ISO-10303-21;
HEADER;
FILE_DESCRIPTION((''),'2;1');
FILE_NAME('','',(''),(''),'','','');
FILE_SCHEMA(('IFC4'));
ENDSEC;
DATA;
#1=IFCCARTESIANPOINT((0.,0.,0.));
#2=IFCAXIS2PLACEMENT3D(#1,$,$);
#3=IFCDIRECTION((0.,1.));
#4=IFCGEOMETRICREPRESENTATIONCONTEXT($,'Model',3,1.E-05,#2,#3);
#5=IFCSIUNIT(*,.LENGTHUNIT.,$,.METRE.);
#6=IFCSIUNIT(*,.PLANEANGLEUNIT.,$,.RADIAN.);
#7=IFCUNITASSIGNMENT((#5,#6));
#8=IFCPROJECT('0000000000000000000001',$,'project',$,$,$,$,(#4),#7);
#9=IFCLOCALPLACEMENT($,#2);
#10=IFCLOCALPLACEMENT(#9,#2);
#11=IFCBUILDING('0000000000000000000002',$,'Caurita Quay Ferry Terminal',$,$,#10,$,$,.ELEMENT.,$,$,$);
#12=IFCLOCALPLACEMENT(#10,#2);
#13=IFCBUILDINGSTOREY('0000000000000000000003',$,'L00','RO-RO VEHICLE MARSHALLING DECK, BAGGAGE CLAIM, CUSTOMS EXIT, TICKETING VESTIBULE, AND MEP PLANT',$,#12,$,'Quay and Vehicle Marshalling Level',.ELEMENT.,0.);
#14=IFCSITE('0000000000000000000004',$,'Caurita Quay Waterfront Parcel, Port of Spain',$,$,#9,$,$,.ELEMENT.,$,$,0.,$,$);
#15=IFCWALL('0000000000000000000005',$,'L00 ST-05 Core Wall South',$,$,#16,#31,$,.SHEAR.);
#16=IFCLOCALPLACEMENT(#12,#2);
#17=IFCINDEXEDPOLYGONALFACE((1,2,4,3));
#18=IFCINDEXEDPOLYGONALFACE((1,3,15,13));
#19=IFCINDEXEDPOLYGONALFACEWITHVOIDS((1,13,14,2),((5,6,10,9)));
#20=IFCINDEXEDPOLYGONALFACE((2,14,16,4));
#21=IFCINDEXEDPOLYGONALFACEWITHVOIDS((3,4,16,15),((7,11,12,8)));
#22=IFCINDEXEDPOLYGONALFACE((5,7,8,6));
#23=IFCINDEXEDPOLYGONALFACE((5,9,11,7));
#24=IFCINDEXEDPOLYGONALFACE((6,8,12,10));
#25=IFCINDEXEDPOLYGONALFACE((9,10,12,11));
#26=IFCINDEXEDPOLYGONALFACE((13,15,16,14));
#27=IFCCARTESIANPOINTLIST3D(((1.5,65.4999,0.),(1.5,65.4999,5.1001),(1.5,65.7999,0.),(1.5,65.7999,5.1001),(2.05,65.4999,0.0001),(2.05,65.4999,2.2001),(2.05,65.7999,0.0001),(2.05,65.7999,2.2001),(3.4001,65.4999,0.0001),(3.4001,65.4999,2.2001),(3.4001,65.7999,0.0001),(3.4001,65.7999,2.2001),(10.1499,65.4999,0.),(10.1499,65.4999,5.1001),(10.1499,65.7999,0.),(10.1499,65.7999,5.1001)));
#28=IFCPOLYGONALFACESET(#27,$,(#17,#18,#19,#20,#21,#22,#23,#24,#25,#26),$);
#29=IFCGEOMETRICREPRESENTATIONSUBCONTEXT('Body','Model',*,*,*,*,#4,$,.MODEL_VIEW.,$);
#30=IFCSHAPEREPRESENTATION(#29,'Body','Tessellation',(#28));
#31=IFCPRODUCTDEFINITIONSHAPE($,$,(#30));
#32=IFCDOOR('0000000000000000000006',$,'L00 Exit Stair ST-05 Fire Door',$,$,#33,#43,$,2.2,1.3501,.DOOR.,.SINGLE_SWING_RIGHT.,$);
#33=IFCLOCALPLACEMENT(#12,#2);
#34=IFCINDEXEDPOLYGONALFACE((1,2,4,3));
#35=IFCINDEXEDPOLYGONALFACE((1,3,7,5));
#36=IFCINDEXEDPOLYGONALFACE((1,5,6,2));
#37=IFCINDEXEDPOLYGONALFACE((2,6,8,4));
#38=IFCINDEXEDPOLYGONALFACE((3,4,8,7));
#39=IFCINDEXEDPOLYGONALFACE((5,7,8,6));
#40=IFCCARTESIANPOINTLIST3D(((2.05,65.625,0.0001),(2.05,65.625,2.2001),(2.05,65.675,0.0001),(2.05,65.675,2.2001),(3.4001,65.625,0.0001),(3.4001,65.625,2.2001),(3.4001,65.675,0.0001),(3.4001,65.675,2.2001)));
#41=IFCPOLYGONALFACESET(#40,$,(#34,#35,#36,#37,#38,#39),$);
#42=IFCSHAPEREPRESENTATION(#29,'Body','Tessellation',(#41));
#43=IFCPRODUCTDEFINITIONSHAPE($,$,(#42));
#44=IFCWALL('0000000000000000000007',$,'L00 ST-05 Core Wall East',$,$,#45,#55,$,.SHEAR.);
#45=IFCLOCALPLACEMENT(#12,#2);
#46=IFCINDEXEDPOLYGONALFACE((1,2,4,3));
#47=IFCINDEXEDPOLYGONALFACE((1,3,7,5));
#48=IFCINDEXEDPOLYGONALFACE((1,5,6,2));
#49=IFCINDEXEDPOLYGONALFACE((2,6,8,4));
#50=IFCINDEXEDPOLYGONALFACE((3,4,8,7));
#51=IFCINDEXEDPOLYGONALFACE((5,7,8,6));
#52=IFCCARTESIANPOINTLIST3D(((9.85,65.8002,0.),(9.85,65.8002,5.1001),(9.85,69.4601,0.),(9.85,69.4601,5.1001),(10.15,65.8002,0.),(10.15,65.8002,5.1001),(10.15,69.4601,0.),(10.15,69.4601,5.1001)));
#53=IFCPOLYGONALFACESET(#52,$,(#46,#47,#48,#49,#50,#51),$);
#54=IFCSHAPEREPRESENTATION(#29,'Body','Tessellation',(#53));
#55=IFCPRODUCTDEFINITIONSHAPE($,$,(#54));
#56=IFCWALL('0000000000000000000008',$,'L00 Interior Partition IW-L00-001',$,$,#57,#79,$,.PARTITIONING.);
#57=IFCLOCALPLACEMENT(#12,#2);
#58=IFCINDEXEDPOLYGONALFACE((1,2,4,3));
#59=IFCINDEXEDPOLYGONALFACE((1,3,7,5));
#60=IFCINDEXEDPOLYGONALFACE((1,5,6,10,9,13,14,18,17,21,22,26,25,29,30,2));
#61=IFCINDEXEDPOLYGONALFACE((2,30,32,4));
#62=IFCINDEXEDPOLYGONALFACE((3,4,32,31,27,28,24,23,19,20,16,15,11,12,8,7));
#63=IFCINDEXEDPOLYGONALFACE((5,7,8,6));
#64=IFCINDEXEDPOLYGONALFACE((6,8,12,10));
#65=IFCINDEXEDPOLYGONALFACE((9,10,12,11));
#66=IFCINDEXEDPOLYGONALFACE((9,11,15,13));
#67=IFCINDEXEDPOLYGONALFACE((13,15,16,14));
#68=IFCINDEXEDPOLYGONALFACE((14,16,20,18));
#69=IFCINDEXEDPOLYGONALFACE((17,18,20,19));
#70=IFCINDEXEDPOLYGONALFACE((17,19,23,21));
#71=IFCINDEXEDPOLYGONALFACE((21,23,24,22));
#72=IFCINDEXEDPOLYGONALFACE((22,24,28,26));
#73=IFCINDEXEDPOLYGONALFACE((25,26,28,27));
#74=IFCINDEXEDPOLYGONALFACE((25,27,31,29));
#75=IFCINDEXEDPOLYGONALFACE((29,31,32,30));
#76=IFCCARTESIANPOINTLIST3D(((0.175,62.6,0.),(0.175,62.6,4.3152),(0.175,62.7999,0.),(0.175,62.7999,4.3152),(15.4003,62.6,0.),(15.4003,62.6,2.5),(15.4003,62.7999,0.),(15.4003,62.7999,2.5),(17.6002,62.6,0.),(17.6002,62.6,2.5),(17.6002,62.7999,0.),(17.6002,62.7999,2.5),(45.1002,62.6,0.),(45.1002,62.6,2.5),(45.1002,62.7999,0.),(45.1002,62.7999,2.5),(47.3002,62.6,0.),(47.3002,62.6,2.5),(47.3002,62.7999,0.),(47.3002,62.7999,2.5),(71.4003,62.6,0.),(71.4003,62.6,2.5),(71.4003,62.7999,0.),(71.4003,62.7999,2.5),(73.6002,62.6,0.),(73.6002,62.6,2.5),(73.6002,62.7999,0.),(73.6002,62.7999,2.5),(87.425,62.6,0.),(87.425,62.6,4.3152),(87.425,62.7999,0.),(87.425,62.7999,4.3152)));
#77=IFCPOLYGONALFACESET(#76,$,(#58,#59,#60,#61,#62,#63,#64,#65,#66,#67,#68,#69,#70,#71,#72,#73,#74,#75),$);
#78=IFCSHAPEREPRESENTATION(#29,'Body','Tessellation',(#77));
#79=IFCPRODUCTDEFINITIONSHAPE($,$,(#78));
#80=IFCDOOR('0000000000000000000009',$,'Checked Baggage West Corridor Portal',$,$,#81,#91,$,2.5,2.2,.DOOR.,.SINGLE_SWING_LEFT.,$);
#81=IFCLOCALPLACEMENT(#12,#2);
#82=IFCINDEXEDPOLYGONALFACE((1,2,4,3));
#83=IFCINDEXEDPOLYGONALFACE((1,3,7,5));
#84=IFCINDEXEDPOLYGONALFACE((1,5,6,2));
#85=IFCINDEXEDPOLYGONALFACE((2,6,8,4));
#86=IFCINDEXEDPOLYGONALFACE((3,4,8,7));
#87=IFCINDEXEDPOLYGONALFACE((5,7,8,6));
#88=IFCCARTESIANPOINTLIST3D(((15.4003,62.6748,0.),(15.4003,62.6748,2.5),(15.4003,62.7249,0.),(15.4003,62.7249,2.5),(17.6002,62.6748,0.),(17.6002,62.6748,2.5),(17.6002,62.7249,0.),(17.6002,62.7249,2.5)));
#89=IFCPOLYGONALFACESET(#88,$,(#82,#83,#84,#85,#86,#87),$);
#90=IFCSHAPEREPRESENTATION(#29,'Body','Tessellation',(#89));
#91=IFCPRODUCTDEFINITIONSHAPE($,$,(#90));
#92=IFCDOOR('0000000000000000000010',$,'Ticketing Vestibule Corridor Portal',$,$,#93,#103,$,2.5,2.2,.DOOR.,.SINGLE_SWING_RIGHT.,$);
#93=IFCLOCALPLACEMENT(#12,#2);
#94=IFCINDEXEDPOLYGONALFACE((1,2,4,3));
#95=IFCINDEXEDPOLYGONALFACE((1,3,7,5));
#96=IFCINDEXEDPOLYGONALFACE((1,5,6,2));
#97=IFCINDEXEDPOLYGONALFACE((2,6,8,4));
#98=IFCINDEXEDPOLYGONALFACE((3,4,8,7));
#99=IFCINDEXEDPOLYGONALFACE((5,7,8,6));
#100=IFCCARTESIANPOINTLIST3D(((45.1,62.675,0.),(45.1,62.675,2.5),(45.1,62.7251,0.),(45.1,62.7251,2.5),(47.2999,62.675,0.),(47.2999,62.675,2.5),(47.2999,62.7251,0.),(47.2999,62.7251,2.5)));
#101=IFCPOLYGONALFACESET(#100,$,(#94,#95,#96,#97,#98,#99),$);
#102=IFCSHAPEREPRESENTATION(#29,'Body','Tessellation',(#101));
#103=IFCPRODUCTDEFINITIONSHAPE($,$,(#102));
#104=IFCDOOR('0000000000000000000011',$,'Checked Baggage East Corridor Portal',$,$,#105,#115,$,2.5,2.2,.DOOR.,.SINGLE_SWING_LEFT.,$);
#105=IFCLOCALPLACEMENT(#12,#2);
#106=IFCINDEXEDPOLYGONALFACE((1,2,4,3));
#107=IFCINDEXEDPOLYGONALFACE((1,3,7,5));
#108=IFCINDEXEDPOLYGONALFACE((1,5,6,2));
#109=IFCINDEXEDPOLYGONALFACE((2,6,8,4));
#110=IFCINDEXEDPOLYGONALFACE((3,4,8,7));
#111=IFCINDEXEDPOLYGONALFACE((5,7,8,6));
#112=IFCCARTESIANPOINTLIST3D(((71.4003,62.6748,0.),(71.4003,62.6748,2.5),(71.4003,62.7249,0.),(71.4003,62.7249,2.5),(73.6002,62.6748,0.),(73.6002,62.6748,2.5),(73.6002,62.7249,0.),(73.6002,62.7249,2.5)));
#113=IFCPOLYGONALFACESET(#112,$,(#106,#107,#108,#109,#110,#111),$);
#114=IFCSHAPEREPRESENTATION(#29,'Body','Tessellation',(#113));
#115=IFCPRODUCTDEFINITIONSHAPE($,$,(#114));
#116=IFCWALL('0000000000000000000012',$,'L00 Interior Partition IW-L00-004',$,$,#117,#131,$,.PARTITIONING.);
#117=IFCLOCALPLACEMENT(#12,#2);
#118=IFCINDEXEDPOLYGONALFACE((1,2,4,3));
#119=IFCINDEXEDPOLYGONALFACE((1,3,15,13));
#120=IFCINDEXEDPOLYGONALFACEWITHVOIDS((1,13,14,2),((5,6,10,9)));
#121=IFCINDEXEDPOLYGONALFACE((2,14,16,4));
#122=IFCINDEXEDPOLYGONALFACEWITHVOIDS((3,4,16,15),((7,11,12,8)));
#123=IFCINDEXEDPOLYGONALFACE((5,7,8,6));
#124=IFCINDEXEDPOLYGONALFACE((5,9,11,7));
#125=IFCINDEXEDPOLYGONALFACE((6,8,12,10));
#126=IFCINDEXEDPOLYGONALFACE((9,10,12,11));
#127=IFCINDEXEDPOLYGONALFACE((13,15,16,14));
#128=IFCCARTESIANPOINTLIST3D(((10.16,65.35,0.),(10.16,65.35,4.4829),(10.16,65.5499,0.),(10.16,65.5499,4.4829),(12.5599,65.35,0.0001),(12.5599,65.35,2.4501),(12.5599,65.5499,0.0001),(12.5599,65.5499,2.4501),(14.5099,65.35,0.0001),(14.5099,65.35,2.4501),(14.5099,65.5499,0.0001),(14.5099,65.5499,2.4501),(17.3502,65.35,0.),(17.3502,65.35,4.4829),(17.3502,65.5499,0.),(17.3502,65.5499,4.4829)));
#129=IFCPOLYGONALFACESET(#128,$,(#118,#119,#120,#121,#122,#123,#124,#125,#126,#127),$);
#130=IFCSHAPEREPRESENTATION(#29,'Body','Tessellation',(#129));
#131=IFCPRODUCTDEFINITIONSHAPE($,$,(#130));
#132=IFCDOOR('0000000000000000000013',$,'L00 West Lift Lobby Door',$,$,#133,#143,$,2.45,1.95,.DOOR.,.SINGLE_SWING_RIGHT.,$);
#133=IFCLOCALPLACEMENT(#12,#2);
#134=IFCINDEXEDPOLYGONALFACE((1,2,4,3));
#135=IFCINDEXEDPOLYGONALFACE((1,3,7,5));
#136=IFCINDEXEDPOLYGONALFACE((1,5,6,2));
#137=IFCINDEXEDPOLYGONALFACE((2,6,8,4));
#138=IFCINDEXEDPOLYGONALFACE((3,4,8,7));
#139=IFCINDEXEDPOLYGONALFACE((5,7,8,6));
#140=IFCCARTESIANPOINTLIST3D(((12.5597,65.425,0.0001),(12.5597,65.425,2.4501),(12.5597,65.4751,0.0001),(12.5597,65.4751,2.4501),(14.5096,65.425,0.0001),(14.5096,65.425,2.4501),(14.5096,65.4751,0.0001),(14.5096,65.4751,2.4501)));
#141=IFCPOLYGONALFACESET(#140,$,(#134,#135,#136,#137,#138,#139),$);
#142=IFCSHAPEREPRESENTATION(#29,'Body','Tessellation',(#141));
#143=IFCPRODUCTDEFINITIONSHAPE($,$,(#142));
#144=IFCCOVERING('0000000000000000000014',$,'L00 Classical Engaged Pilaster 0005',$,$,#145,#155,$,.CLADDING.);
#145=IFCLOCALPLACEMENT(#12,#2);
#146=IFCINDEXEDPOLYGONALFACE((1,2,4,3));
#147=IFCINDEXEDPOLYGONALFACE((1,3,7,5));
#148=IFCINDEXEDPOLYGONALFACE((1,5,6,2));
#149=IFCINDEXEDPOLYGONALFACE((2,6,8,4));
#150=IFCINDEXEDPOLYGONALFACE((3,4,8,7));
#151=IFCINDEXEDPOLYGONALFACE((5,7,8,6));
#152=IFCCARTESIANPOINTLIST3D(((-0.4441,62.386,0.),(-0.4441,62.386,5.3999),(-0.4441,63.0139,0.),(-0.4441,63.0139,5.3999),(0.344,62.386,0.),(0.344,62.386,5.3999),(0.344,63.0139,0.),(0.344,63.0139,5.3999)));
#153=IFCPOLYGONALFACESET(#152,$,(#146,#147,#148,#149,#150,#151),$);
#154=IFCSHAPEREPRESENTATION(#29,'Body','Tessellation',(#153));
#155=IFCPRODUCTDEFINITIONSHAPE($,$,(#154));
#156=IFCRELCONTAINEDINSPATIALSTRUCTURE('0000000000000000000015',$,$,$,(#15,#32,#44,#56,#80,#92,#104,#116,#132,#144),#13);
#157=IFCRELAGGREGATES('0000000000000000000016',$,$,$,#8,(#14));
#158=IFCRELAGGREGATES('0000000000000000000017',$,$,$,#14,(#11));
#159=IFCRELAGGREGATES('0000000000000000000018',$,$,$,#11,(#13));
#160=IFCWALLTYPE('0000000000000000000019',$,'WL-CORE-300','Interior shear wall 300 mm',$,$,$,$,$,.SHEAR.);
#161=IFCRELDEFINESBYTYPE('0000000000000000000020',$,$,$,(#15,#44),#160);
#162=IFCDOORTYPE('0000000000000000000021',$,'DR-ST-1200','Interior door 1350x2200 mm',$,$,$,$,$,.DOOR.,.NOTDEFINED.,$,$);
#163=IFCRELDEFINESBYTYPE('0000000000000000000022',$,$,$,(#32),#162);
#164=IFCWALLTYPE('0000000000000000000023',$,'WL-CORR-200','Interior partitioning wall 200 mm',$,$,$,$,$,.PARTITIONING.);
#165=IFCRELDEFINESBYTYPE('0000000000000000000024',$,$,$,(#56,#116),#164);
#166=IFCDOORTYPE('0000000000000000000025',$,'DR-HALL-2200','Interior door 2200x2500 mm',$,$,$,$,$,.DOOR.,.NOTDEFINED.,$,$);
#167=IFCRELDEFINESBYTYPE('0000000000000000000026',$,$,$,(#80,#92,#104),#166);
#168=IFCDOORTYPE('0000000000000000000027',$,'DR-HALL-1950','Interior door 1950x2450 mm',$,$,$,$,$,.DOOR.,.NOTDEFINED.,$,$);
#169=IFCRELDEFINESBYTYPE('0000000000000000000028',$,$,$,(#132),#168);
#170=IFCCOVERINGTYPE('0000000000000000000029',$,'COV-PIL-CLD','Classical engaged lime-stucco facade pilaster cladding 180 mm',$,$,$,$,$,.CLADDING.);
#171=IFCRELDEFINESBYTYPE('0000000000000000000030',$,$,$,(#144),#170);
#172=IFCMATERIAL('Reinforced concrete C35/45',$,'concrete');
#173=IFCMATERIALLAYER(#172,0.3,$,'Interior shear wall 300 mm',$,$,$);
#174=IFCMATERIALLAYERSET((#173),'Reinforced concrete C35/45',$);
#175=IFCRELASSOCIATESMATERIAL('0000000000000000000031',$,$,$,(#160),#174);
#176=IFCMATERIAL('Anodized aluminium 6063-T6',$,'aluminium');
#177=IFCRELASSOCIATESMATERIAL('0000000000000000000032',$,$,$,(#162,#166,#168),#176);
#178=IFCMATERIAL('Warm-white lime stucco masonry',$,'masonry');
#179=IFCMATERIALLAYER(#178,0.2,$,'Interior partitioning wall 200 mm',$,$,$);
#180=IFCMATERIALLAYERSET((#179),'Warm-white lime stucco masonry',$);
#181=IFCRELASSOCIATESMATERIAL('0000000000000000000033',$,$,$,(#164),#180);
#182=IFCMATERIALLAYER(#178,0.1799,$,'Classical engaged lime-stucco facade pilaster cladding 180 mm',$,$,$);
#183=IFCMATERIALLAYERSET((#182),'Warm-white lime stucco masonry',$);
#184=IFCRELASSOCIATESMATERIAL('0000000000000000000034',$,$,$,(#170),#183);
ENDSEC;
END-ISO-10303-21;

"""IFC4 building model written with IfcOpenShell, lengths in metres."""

from ifc_helpers import new_model, si_unit, direction, frame, frame_2d, origin, origin_2d, place, context, subcontext, project, spatial, rectangle, extrude, material, layer, layer_set, type_object, element, fill, save


model = new_model("IFC4")

# Units and contexts
model_context = context("Model", 3, precision=1e-05, world=origin(), true_north=direction((0.0, 1.0)))
body_context = subcontext(model_context, "Body", "Model", "MODEL_VIEW")
ifc_project = project(units=[si_unit("LENGTHUNIT", "METRE"), si_unit("PLANEANGLEUNIT", "RADIAN")], contexts=[model_context])

# Site, building, storey
site_placement = place(None, origin())
site = spatial("IfcSite", under=ifc_project, at=site_placement, Name="Caurita Quay Waterfront Parcel, Port of Spain", CompositionType="ELEMENT", RefElevation=0.0)
building_placement = place(site_placement, origin())
building = spatial("IfcBuilding", under=site, at=building_placement, Name="Caurita Quay Ferry Terminal", CompositionType="ELEMENT")
storey_placement = place(building_placement, origin())
storey = spatial("IfcBuildingStorey", under=building, at=storey_placement, Name="L00", Description="RO-RO VEHICLE MARSHALLING DECK, BAGGAGE CLAIM, CUSTOMS EXIT, TICKETING VESTIBULE, AND MEP PLANT", LongName="Quay and Vehicle Marshalling Level", CompositionType="ELEMENT", Elevation=0.0)

# Shared definitions
ifc_material_1 = material(Name="Reinforced concrete C35/45", Category="concrete")

# Wall, opening, door
ifc_layer_1 = layer(ifc_material_1, 0.3, Name="Interior shear wall 300 mm")
ifc_layer_set_1 = layer_set([ifc_layer_1], Name="Reinforced concrete C35/45")
wall_type_1 = type_object("IfcWallType", Name="WL-CORE-300", Description="Interior shear wall 300 mm", PredefinedType="SHEAR", material=ifc_layer_set_1)
wall_1_placement = place(storey_placement, frame((1.5, 65.6499, 0.0), z_axis=(0.0, 0.0, 1.0), x_axis=(1.0, 0.0, 0.0)))
wall_1 = element("IfcWall", 1, at=wall_1_placement, inside=storey, type_object=wall_type_1, Name="L00 ST-05 Core Wall South", PredefinedType="SHEAR", context=body_context, shape_type="SweptSolid", body=[
    extrude(rectangle(XDim=8.6499, YDim=0.3, at=frame_2d((4.325, 0.0))), origin(), (0.0, 0.0, 1.0), 5.1001),
])
opening_1_placement = place(wall_1_placement, frame((0.55, 0.0, 0.0)))
opening_1 = element("IfcOpeningElement", 2, at=opening_1_placement, cuts=wall_1, PredefinedType="OPENING", context=body_context, shape_type="SweptSolid", body=[
    extrude(rectangle(XDim=1.3501, YDim=2.2, at=frame_2d((0.675, 1.1001))), frame((0.0, 0.1599, 0.0), z_axis=(0.0, -1.0, 0.0), x_axis=(1.0, 0.0, 0.0)), (0.0, 0.0, 1.0), 0.3201),
])
ifc_material_2 = material(Name="Anodized aluminium 6063-T6", Category="aluminium")
door_type_1 = type_object("IfcDoorType", Name="DR-ST-1200", Description="Interior door 1350x2200 mm", OperationType="NOTDEFINED", PredefinedType="DOOR", material=ifc_material_2)
door_1_placement = place(opening_1_placement, frame((1.3501, 0.0, 0.0), z_axis=(0.0, 0.0, 1.0), x_axis=(-1.0, 0.0, 0.0)))
door_1 = element("IfcDoor", 3, at=door_1_placement, inside=storey, type_object=door_type_1, Name="L00 Exit Stair ST-05 Fire Door", OperationType="SINGLE_SWING_RIGHT", OverallHeight=2.2, OverallWidth=1.3501, PredefinedType="DOOR", context=body_context, shape_type="SweptSolid", body=[
    extrude(rectangle(XDim=1.3501, YDim=2.2, at=frame_2d((0.675, 1.1001))), frame((0.0, 0.0249, 0.0), z_axis=(0.0, -1.0, 0.0), x_axis=(1.0, 0.0, 0.0)), (0.0, 0.0, 1.0), 0.05),
])
fill(opening_1, door_1)

# Wall
wall_2_placement = place(storey_placement, frame((10.0, 65.8, 0.0), z_axis=(0.0, 0.0, 1.0), x_axis=(0.0, 1.0, 0.0)))
element("IfcWall", 4, at=wall_2_placement, inside=storey, type_object=wall_type_1, Name="L00 ST-05 Core Wall East", PredefinedType="SHEAR", context=body_context, shape_type="SweptSolid", body=[
    extrude(rectangle(XDim=3.6599, YDim=0.3, at=frame_2d((1.8301, 0.0))), origin(), (0.0, 0.0, 1.0), 5.1001),
])

# Wall, openings, doors
ifc_material_3 = material(Name="Warm-white lime stucco masonry", Category="masonry")
ifc_layer_2 = layer(ifc_material_3, 0.2, Name="Interior partitioning wall 200 mm")
ifc_layer_set_2 = layer_set([ifc_layer_2], Name="Warm-white lime stucco masonry")
wall_type_2 = type_object("IfcWallType", Name="WL-CORR-200", Description="Interior partitioning wall 200 mm", PredefinedType="PARTITIONING", material=ifc_layer_set_2)
wall_3_placement = place(storey_placement, frame((0.175, 62.7, 0.0), z_axis=(0.0, 0.0, 1.0), x_axis=(1.0, 0.0, 0.0)))
wall_3 = element("IfcWall", 5, at=wall_3_placement, inside=storey, type_object=wall_type_2, Name="L00 Interior Partition IW-L00-001", PredefinedType="PARTITIONING", context=body_context, shape_type="SweptSolid", body=[
    extrude(rectangle(XDim=87.25, YDim=0.2, at=frame_2d((43.625, 0.0))), origin(), (0.0, 0.0, 1.0), 4.3152),
])
opening_2_placement = place(wall_3_placement, frame((15.2251, 0.0, 0.0)))
opening_2 = element("IfcOpeningElement", 6, at=opening_2_placement, cuts=wall_3, PredefinedType="OPENING", context=body_context, shape_type="SweptSolid", body=[
    extrude(rectangle(XDim=2.2, YDim=2.5, at=frame_2d((1.1001, 1.25))), frame((0.0, 0.1099, 0.0), z_axis=(0.0, -1.0, 0.0), x_axis=(1.0, 0.0, 0.0)), (0.0, 0.0, 1.0), 0.22),
])
opening_3_placement = place(wall_3_placement, frame((44.925, 0.0, 0.0)))
opening_3 = element("IfcOpeningElement", 7, at=opening_3_placement, cuts=wall_3, PredefinedType="OPENING", context=body_context, shape_type="SweptSolid", body=[
    extrude(rectangle(XDim=2.2, YDim=2.5, at=frame_2d((1.1001, 1.25))), frame((0.0, 0.1099, 0.0), z_axis=(0.0, -1.0, 0.0), x_axis=(1.0, 0.0, 0.0)), (0.0, 0.0, 1.0), 0.22),
])
opening_4_placement = place(wall_3_placement, frame((71.2251, 0.0, 0.0)))
opening_4 = element("IfcOpeningElement", 8, at=opening_4_placement, cuts=wall_3, PredefinedType="OPENING", context=body_context, shape_type="SweptSolid", body=[
    extrude(rectangle(XDim=2.2, YDim=2.5, at=frame_2d((1.1001, 1.25))), frame((0.0, 0.1099, 0.0), z_axis=(0.0, -1.0, 0.0), x_axis=(1.0, 0.0, 0.0)), (0.0, 0.0, 1.0), 0.22),
])
door_type_2 = type_object("IfcDoorType", Name="DR-HALL-2200", Description="Interior door 2200x2500 mm", OperationType="NOTDEFINED", PredefinedType="DOOR", material=ifc_material_2)
door_2_placement = place(opening_2_placement, origin())
door_2 = element("IfcDoor", 9, at=door_2_placement, inside=storey, type_object=door_type_2, Name="Checked Baggage West Corridor Portal", OperationType="SINGLE_SWING_LEFT", OverallHeight=2.5, OverallWidth=2.2, PredefinedType="DOOR", context=body_context, shape_type="SweptSolid", body=[
    extrude(rectangle(XDim=2.2, YDim=2.5, at=frame_2d((1.1001, 1.25))), frame((0.0, 0.0249, 0.0), z_axis=(0.0, -1.0, 0.0), x_axis=(1.0, 0.0, 0.0)), (0.0, 0.0, 1.0), 0.05),
])
fill(opening_2, door_2)
door_3_placement = place(opening_3_placement, frame((2.2, 0.0, 0.0), z_axis=(0.0, 0.0, 1.0), x_axis=(-1.0, 0.0, 0.0)))
door_3 = element("IfcDoor", 10, at=door_3_placement, inside=storey, type_object=door_type_2, Name="Ticketing Vestibule Corridor Portal", OperationType="SINGLE_SWING_RIGHT", OverallHeight=2.5, OverallWidth=2.2, PredefinedType="DOOR", context=body_context, shape_type="SweptSolid", body=[
    extrude(rectangle(XDim=2.2, YDim=2.5, at=frame_2d((1.1001, 1.25))), frame((0.0, 0.0249, 0.0), z_axis=(0.0, -1.0, 0.0), x_axis=(1.0, 0.0, 0.0)), (0.0, 0.0, 1.0), 0.05),
])
fill(opening_3, door_3)
door_4_placement = place(opening_4_placement, origin())
door_4 = element("IfcDoor", 11, at=door_4_placement, inside=storey, type_object=door_type_2, Name="Checked Baggage East Corridor Portal", OperationType="SINGLE_SWING_LEFT", OverallHeight=2.5, OverallWidth=2.2, PredefinedType="DOOR", context=body_context, shape_type="SweptSolid", body=[
    extrude(rectangle(XDim=2.2, YDim=2.5, at=frame_2d((1.1001, 1.25))), frame((0.0, 0.0249, 0.0), z_axis=(0.0, -1.0, 0.0), x_axis=(1.0, 0.0, 0.0)), (0.0, 0.0, 1.0), 0.05),
])
fill(opening_4, door_4)

# Wall, opening, door
wall_4_placement = place(storey_placement, frame((10.1599, 65.45, 0.0), z_axis=(0.0, 0.0, 1.0), x_axis=(1.0, 0.0, 0.0)))
wall_4 = element("IfcWall", 12, at=wall_4_placement, inside=storey, type_object=wall_type_2, Name="L00 Interior Partition IW-L00-004", PredefinedType="PARTITIONING", context=body_context, shape_type="SweptSolid", body=[
    extrude(rectangle(XDim=7.1902, YDim=0.2, at=frame_2d((3.5952, 0.0))), origin(), (0.0, 0.0, 1.0), 4.4829),
])
opening_5_placement = place(wall_4_placement, frame((2.3999, 0.0, 0.0)))
opening_5 = element("IfcOpeningElement", 13, at=opening_5_placement, cuts=wall_4, PredefinedType="OPENING", context=body_context, shape_type="SweptSolid", body=[
    extrude(rectangle(XDim=1.95, YDim=2.45, at=frame_2d((0.9751, 1.2251))), frame((0.0, 0.1099, 0.0), z_axis=(0.0, -1.0, 0.0), x_axis=(1.0, 0.0, 0.0)), (0.0, 0.0, 1.0), 0.22),
])
door_type_3 = type_object("IfcDoorType", Name="DR-HALL-1950", Description="Interior door 1950x2450 mm", OperationType="NOTDEFINED", PredefinedType="DOOR", material=ifc_material_2)
door_5_placement = place(opening_5_placement, frame((1.95, 0.0, 0.0), z_axis=(0.0, 0.0, 1.0), x_axis=(-1.0, 0.0, 0.0)))
door_5 = element("IfcDoor", 14, at=door_5_placement, inside=storey, type_object=door_type_3, Name="L00 West Lift Lobby Door", OperationType="SINGLE_SWING_RIGHT", OverallHeight=2.45, OverallWidth=1.95, PredefinedType="DOOR", context=body_context, shape_type="SweptSolid", body=[
    extrude(rectangle(XDim=1.95, YDim=2.45, at=frame_2d((0.9751, 1.2251))), frame((0.0, 0.0249, 0.0), z_axis=(0.0, -1.0, 0.0), x_axis=(1.0, 0.0, 0.0)), (0.0, 0.0, 1.0), 0.05),
])
fill(opening_5, door_5)

# Covering
ifc_layer_3 = layer(ifc_material_3, 0.1799, Name="Classical engaged lime-stucco facade pilaster cladding 180 mm")
ifc_layer_set_3 = layer_set([ifc_layer_3], Name="Warm-white lime stucco masonry")
covering_type = type_object("IfcCoveringType", Name="COV-PIL-CLD", Description="Classical engaged lime-stucco facade pilaster cladding 180 mm", PredefinedType="CLADDING", material=ifc_layer_set_3)
covering_placement = place(storey_placement, frame((-0.05, 62.7, 0.0), z_axis=(0.0, 0.0, 1.0), x_axis=(1.0, 0.0, 0.0)))
element("IfcCovering", 15, at=covering_placement, inside=storey, type_object=covering_type, Name="L00 Classical Engaged Pilaster 0005", PredefinedType="CLADDING", context=body_context, shape_type="SweptSolid", body=[
    extrude(rectangle(XDim=0.7881, YDim=0.6279, at=origin_2d()), origin(), (0.0, 0.0, 1.0), 5.3999),
])

save(model, "model.ifc")
